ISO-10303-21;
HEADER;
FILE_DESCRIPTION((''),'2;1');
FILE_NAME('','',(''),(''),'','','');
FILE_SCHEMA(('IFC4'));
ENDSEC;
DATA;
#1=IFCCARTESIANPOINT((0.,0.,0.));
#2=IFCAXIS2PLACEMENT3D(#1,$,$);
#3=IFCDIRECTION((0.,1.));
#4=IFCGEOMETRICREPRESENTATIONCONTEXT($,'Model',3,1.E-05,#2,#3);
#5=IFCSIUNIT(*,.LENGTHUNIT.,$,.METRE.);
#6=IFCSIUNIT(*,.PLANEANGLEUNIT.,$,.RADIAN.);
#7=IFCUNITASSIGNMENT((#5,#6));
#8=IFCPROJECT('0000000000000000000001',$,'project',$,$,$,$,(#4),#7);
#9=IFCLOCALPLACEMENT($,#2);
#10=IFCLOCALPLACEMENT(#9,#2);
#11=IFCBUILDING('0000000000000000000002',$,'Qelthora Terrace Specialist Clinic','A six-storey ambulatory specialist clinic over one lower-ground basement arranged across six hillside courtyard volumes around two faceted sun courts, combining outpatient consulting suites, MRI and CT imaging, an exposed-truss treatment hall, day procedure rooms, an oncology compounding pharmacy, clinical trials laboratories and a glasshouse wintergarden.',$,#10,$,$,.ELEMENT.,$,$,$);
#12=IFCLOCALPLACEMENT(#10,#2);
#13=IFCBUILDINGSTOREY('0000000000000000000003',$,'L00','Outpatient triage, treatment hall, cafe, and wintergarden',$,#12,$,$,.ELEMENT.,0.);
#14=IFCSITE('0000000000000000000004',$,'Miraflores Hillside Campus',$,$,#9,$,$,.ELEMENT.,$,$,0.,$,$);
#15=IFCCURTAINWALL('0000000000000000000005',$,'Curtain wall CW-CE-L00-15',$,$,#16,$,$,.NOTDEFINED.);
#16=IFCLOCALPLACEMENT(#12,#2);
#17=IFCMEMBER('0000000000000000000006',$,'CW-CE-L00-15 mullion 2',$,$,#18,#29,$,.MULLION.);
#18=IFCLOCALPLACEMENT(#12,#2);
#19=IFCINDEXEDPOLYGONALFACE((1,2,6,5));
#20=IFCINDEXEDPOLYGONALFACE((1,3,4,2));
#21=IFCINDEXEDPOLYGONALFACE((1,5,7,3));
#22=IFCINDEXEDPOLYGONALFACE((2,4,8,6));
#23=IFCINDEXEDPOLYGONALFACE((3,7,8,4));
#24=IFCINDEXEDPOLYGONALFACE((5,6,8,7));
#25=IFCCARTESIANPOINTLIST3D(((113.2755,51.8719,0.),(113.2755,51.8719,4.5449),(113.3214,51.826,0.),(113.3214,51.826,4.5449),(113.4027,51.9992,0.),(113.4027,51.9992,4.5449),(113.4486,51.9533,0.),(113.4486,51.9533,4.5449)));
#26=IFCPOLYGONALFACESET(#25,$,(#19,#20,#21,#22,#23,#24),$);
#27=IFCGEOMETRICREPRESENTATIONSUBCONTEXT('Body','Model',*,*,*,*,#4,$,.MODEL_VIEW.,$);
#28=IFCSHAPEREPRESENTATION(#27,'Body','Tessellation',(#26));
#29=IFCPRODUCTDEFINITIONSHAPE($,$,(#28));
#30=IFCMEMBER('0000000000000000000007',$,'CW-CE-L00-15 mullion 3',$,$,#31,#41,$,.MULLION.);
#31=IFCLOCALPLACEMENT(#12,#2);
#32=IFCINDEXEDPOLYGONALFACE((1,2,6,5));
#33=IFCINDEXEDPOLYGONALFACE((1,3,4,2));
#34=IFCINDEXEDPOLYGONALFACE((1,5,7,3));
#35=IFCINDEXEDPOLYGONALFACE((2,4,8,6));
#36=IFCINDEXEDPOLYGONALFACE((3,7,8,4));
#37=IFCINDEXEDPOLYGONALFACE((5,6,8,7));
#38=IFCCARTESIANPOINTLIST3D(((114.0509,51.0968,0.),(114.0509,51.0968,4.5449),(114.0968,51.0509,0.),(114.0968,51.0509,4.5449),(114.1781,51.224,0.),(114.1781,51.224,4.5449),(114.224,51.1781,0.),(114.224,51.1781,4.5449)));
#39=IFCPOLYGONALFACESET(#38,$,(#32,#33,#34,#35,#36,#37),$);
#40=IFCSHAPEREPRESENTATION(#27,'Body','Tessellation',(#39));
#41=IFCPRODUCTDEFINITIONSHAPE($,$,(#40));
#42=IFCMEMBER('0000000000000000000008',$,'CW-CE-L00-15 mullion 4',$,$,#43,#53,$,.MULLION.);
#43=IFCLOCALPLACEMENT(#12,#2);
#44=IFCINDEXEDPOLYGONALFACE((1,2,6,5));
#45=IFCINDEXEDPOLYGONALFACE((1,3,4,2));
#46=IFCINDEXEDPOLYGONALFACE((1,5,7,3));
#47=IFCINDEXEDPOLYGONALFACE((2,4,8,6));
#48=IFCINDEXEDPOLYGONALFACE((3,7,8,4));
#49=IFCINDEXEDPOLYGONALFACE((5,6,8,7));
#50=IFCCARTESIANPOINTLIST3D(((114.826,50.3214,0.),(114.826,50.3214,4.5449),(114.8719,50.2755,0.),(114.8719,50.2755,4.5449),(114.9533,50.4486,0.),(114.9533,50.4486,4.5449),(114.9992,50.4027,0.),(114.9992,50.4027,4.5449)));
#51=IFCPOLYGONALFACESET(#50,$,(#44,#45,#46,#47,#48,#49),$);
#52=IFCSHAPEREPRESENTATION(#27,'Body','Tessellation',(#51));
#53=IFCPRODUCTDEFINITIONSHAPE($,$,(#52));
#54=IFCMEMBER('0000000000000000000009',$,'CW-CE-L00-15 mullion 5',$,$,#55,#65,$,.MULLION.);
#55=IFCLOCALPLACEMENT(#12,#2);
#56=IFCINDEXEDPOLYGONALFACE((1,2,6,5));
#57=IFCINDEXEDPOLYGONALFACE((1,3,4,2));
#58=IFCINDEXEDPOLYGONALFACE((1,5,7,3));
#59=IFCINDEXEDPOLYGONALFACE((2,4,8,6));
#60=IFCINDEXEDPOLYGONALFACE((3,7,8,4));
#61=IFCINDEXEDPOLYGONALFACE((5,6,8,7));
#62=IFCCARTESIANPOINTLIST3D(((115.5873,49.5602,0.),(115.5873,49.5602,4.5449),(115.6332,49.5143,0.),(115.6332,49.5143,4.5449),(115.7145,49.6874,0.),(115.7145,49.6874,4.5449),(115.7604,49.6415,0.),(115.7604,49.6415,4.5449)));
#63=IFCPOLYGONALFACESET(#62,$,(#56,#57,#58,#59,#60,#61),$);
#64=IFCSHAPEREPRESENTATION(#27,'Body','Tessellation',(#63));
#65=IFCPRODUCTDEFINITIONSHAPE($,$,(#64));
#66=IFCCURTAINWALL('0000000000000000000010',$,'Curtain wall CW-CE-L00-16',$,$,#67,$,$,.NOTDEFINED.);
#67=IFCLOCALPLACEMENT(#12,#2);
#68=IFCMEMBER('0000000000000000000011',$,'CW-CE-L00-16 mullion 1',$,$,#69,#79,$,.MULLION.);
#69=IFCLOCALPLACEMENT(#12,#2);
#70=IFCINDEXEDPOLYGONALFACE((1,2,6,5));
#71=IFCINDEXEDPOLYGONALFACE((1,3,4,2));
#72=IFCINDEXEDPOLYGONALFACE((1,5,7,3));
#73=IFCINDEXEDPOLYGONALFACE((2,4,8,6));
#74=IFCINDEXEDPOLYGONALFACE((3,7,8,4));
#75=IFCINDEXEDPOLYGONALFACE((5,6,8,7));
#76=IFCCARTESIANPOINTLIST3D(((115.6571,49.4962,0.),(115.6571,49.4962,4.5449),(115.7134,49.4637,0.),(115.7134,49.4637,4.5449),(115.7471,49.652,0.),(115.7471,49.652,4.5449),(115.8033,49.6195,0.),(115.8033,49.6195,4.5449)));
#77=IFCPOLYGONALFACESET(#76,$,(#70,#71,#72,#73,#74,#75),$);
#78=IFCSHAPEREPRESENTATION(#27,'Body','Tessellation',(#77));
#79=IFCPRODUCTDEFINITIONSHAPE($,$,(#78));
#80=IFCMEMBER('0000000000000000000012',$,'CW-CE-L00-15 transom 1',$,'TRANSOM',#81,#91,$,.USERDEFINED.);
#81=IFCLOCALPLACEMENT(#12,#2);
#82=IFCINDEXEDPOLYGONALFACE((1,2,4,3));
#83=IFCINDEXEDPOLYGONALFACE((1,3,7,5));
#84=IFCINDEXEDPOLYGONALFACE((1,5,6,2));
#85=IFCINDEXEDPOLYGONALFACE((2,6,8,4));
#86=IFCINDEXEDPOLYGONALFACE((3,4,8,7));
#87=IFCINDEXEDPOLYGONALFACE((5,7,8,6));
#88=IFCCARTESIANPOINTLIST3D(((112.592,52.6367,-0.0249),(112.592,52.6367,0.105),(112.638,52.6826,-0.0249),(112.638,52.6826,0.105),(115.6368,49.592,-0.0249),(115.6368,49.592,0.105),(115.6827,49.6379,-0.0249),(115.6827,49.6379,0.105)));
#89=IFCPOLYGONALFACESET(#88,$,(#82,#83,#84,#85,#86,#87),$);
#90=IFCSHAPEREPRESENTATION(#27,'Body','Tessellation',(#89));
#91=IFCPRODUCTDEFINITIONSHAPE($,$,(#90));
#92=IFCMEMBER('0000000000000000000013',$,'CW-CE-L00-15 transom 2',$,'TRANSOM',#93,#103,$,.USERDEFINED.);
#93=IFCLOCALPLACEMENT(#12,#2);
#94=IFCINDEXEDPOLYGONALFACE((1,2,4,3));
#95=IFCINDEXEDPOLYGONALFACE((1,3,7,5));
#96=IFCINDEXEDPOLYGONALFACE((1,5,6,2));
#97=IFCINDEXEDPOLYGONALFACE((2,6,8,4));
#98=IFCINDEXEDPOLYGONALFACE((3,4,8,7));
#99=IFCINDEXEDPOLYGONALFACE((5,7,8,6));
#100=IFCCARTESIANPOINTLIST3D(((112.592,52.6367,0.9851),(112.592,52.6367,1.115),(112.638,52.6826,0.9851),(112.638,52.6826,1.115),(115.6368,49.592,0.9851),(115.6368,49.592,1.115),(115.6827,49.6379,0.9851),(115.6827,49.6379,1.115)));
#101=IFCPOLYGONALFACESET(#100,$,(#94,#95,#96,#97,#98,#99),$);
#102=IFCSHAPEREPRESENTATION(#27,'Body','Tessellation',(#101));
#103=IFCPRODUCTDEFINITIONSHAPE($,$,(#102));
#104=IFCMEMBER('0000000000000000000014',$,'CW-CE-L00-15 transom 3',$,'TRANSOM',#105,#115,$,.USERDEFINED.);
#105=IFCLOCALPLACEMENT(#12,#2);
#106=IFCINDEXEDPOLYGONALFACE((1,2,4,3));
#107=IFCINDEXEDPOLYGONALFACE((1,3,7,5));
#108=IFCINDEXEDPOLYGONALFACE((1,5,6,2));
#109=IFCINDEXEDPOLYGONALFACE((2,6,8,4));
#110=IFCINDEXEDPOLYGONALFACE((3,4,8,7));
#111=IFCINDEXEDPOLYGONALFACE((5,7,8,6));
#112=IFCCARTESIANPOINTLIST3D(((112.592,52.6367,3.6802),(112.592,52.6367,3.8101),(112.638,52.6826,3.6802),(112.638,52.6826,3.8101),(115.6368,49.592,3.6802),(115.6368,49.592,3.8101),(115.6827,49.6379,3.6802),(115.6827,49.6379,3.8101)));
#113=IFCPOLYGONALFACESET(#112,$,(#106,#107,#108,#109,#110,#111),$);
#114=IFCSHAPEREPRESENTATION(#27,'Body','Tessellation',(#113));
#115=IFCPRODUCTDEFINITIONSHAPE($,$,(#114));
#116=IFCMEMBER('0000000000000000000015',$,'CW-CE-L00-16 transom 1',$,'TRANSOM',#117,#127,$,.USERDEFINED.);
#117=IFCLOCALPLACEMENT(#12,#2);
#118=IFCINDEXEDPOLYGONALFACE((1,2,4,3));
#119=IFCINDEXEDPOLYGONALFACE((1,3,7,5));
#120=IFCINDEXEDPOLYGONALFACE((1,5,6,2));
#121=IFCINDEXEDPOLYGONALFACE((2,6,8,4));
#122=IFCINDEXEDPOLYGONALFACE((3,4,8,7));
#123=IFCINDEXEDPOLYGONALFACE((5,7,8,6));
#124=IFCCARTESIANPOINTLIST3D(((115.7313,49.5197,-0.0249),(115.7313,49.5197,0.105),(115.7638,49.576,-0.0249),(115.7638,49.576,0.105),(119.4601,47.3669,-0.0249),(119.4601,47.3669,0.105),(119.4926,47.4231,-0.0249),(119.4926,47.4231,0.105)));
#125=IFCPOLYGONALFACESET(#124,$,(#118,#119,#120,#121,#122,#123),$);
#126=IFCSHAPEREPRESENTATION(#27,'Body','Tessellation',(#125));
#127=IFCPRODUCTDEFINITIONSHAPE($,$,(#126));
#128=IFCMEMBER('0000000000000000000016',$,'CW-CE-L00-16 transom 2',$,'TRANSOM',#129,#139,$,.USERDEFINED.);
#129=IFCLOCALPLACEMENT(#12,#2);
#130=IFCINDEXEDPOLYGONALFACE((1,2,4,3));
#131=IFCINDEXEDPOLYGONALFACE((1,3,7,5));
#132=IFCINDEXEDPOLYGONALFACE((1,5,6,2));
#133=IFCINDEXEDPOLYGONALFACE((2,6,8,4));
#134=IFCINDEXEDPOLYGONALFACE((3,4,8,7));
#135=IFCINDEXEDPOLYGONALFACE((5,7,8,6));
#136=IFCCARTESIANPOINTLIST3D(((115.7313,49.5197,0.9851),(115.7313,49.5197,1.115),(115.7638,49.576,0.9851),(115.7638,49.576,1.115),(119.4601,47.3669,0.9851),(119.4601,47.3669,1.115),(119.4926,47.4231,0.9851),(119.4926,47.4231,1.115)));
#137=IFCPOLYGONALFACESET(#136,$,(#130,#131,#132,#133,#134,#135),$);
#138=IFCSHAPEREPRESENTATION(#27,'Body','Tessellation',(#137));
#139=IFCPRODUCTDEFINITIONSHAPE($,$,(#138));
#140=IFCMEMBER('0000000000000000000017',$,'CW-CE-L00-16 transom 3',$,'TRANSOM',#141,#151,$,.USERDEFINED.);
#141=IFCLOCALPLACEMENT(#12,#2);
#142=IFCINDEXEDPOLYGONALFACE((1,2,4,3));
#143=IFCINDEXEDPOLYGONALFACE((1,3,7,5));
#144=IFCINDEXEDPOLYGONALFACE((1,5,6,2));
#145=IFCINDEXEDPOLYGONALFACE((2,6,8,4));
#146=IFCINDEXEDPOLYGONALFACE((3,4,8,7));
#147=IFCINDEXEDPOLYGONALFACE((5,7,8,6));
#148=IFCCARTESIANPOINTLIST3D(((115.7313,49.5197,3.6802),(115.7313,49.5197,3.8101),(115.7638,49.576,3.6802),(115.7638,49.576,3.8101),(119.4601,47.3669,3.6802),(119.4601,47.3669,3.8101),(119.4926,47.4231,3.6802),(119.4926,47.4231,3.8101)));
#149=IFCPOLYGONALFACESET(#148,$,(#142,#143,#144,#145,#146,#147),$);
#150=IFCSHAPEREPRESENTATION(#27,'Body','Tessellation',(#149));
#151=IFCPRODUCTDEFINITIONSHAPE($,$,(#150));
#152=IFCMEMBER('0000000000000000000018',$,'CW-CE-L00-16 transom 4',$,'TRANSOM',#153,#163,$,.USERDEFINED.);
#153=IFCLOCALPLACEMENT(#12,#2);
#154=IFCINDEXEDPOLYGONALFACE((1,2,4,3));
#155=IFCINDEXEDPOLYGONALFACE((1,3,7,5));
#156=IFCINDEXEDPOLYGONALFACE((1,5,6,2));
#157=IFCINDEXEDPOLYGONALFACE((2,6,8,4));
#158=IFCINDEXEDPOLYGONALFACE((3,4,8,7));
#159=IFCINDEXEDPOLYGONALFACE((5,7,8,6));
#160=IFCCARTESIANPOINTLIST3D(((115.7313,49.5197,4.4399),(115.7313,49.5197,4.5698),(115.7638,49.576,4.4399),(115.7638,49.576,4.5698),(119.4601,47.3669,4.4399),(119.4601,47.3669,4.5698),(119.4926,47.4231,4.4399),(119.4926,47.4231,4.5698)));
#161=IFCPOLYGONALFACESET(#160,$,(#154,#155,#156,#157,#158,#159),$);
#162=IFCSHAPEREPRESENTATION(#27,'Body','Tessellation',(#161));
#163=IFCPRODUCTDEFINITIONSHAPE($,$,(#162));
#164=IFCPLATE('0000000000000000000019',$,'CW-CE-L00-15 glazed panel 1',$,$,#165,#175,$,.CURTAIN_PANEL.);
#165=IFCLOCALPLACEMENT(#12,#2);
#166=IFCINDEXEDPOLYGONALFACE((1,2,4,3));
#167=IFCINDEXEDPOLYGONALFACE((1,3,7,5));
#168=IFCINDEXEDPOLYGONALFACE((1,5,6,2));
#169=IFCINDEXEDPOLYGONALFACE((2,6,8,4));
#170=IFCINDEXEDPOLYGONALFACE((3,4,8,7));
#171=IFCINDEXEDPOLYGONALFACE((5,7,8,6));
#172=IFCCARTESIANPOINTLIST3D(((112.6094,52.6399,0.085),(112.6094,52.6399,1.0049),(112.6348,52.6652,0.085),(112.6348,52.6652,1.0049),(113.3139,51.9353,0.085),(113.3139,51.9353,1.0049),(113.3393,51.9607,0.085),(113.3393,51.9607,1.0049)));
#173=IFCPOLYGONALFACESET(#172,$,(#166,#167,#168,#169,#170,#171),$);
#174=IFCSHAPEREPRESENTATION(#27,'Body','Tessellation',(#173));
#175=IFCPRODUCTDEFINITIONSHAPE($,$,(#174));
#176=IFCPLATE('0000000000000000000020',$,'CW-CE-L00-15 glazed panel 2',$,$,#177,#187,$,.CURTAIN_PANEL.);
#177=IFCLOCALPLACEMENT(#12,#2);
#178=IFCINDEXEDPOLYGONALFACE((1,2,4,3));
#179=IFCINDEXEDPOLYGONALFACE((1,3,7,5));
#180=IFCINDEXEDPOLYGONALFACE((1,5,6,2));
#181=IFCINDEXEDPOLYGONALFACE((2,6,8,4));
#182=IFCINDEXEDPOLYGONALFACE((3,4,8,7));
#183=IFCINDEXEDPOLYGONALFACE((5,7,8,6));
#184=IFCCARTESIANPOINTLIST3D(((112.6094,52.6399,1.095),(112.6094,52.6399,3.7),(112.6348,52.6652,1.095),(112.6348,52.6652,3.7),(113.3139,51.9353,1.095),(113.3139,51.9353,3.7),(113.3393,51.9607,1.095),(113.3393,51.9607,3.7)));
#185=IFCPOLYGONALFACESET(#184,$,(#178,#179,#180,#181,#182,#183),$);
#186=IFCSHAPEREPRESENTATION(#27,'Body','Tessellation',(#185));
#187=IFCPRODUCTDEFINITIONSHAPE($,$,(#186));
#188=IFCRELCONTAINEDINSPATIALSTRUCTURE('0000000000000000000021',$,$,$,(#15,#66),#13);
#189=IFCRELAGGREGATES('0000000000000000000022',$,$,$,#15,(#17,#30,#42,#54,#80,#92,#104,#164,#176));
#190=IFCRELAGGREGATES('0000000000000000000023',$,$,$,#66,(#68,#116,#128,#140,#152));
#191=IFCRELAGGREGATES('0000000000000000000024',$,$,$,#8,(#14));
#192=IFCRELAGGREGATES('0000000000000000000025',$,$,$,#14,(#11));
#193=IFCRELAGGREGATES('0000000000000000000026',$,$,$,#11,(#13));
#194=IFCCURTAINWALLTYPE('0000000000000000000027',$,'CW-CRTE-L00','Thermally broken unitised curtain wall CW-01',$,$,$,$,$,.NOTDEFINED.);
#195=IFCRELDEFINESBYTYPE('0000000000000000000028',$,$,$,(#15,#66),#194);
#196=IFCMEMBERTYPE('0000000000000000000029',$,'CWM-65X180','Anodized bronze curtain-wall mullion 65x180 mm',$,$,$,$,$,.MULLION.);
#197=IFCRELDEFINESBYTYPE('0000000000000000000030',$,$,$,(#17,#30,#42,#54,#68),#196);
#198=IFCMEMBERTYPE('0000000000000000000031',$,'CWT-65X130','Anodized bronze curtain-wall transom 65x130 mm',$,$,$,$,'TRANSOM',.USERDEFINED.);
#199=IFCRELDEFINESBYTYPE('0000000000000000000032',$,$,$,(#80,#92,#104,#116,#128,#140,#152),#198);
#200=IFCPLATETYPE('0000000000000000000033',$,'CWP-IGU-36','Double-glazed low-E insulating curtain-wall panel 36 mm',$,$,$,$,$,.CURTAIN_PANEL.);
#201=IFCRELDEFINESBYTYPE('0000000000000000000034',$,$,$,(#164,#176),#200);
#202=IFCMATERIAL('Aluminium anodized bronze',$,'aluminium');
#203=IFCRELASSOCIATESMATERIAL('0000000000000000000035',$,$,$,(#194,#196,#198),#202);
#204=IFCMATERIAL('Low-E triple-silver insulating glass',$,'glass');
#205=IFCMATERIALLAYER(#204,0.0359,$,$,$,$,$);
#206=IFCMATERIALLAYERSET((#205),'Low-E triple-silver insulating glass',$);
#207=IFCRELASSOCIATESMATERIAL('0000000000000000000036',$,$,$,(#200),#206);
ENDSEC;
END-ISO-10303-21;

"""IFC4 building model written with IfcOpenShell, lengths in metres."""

from ifc_helpers import new_model, si_unit, direction, frame, origin, origin_2d, place, context, subcontext, project, spatial, rectangle, extrude, material, layer, layer_set, material_profile, profile_set, type_object, element, aggregate, save


model = new_model("IFC4")

# Units and contexts
model_context = context("Model", 3, precision=1e-05, world=origin(), true_north=direction((0.0, 1.0)))
body_context = subcontext(model_context, "Body", "Model", "MODEL_VIEW")
ifc_project = project(units=[si_unit("LENGTHUNIT", "METRE"), si_unit("PLANEANGLEUNIT", "RADIAN")], contexts=[model_context])

# Site, building, storey
site_placement = place(None, origin())
site = spatial("IfcSite", under=ifc_project, at=site_placement, Name="Miraflores Hillside Campus", CompositionType="ELEMENT", RefElevation=0.0)
building_placement = place(site_placement, origin())
building = spatial("IfcBuilding", under=site, at=building_placement, Name="Qelthora Terrace Specialist Clinic", Description="A six-storey ambulatory specialist clinic over one lower-ground basement arranged across six hillside courtyard volumes around two faceted sun courts, combining outpatient consulting suites, MRI and CT imaging, an exposed-truss treatment hall, day procedure rooms, an oncology compounding pharmacy, clinical trials laboratories and a glasshouse wintergarden.", CompositionType="ELEMENT")
storey_placement = place(building_placement, origin())
storey = spatial("IfcBuildingStorey", under=building, at=storey_placement, Name="L00", Description="Outpatient triage, treatment hall, cafe, and wintergarden", CompositionType="ELEMENT", Elevation=0.0)

# Curtain wall, members
ifc_material_1 = material(Name="Aluminium anodized bronze", Category="aluminium")
curtain_wall_type = type_object("IfcCurtainWallType", Name="CW-CRTE-L00", Description="Thermally broken unitised curtain wall CW-01", PredefinedType="NOTDEFINED", material=ifc_material_1)
curtain_wall_1_placement = place(storey_placement, origin())
curtain_wall_1 = element("IfcCurtainWall", 1, at=curtain_wall_1_placement, inside=storey, type_object=curtain_wall_type, Name="Curtain wall CW-CE-L00-15", PredefinedType="NOTDEFINED")
ifc_material_profile_1 = material_profile(ifc_material_1, rectangle(XDim=0.0649, YDim=0.1799, at=origin_2d()), Name="CWM65X180")
ifc_profile_set_1 = profile_set([ifc_material_profile_1], Name="Aluminium anodized bronze")
member_type_1 = type_object("IfcMemberType", Name="CWM-65X180", Description="Anodized bronze curtain-wall mullion 65x180 mm", PredefinedType="MULLION", material=ifc_profile_set_1)
member_1_placement = place(storey_placement, frame((113.3621, 51.9126, 0.0), z_axis=(0.0, 0.0, 1.0), x_axis=(0.707107, -0.707107, 0.0)))
member_1 = element("IfcMember", 2, at=member_1_placement, type_object=member_type_1, Name="CW-CE-L00-15 mullion 2", PredefinedType="MULLION", context=body_context, shape_type="SweptSolid", body=[
    extrude(rectangle(XDim=0.0649, YDim=0.1799, at=origin_2d()), origin(), (0.0, 0.0, 1.0), 4.5449),
])
member_2_placement = place(storey_placement, frame((114.1375, 51.1375, 0.0), z_axis=(0.0, 0.0, 1.0), x_axis=(0.707107, -0.707107, 0.0)))
member_2 = element("IfcMember", 3, at=member_2_placement, type_object=member_type_1, Name="CW-CE-L00-15 mullion 3", PredefinedType="MULLION", context=body_context, shape_type="SweptSolid", body=[
    extrude(rectangle(XDim=0.0649, YDim=0.1799, at=origin_2d()), origin(), (0.0, 0.0, 1.0), 4.5449),
])
member_3_placement = place(storey_placement, frame((114.9126, 50.3621, 0.0), z_axis=(0.0, 0.0, 1.0), x_axis=(0.707107, -0.707107, 0.0)))
member_3 = element("IfcMember", 4, at=member_3_placement, type_object=member_type_1, Name="CW-CE-L00-15 mullion 4", PredefinedType="MULLION", context=body_context, shape_type="SweptSolid", body=[
    extrude(rectangle(XDim=0.0649, YDim=0.1799, at=origin_2d()), origin(), (0.0, 0.0, 1.0), 4.5449),
])
member_4_placement = place(storey_placement, frame((115.6738, 49.6008, 0.0), z_axis=(0.0, 0.0, 1.0), x_axis=(0.707107, -0.707107, 0.0)))
member_4 = element("IfcMember", 5, at=member_4_placement, type_object=member_type_1, Name="CW-CE-L00-15 mullion 5", PredefinedType="MULLION", context=body_context, shape_type="SweptSolid", body=[
    extrude(rectangle(XDim=0.0649, YDim=0.1799, at=origin_2d()), origin(), (0.0, 0.0, 1.0), 4.5449),
])

# Curtain wall, member
curtain_wall_2_placement = place(storey_placement, origin())
curtain_wall_2 = element("IfcCurtainWall", 6, at=curtain_wall_2_placement, inside=storey, type_object=curtain_wall_type, Name="Curtain wall CW-CE-L00-16", PredefinedType="NOTDEFINED")
member_5_placement = place(storey_placement, frame((115.7302, 49.5579, 0.0), z_axis=(0.0, 0.0, 1.0), x_axis=(0.866025, -0.5, 0.0)))
member_5 = element("IfcMember", 7, at=member_5_placement, type_object=member_type_1, Name="CW-CE-L00-16 mullion 1", PredefinedType="MULLION", context=body_context, shape_type="SweptSolid", body=[
    extrude(rectangle(XDim=0.0649, YDim=0.1799, at=origin_2d()), origin(), (0.0, 0.0, 1.0), 4.5449),
])

# Members
ifc_material_profile_2 = material_profile(ifc_material_1, rectangle(XDim=0.0649, YDim=0.1299, at=origin_2d()), Name="CWT65X130")
ifc_profile_set_2 = profile_set([ifc_material_profile_2], Name="Aluminium anodized bronze")
member_type_2 = type_object("IfcMemberType", Name="CWT-65X130", Description="Anodized bronze curtain-wall transom 65x130 mm", ElementType="TRANSOM", PredefinedType="USERDEFINED", material=ifc_profile_set_2)
member_6_placement = place(storey_placement, frame((112.615, 52.6597, 0.04), z_axis=(0.707107, -0.707107, 0.0), x_axis=(0.707107, 0.707107, 0.0)))
member_6 = element("IfcMember", 8, at=member_6_placement, type_object=member_type_2, Name="CW-CE-L00-15 transom 1", ObjectType="TRANSOM", PredefinedType="USERDEFINED", context=body_context, shape_type="SweptSolid", body=[
    extrude(rectangle(XDim=0.0649, YDim=0.1299, at=origin_2d()), origin(), (0.0, 0.0, 1.0), 4.3059),
])
member_7_placement = place(storey_placement, frame((112.615, 52.6597, 1.05), z_axis=(0.707107, -0.707107, 0.0), x_axis=(0.707107, 0.707107, 0.0)))
member_7 = element("IfcMember", 9, at=member_7_placement, type_object=member_type_2, Name="CW-CE-L00-15 transom 2", ObjectType="TRANSOM", PredefinedType="USERDEFINED", context=body_context, shape_type="SweptSolid", body=[
    extrude(rectangle(XDim=0.0649, YDim=0.1299, at=origin_2d()), origin(), (0.0, 0.0, 1.0), 4.3059),
])
member_8_placement = place(storey_placement, frame((112.615, 52.6597, 3.7451), z_axis=(0.707107, -0.707107, 0.0), x_axis=(0.707107, 0.707107, 0.0)))
member_8 = element("IfcMember", 10, at=member_8_placement, type_object=member_type_2, Name="CW-CE-L00-15 transom 3", ObjectType="TRANSOM", PredefinedType="USERDEFINED", context=body_context, shape_type="SweptSolid", body=[
    extrude(rectangle(XDim=0.0649, YDim=0.1299, at=origin_2d()), origin(), (0.0, 0.0, 1.0), 4.3059),
])
member_9_placement = place(storey_placement, frame((115.7476, 49.5479, 0.04), z_axis=(0.866022, -0.500006, 0.0), x_axis=(0.500006, 0.866022, 0.0)))
member_9 = element("IfcMember", 11, at=member_9_placement, type_object=member_type_2, Name="CW-CE-L00-16 transom 1", ObjectType="TRANSOM", PredefinedType="USERDEFINED", context=body_context, shape_type="SweptSolid", body=[
    extrude(rectangle(XDim=0.0649, YDim=0.1299, at=origin_2d()), origin(), (0.0, 0.0, 1.0), 4.3057),
])
member_10_placement = place(storey_placement, frame((115.7476, 49.5479, 1.05), z_axis=(0.866022, -0.500006, 0.0), x_axis=(0.500006, 0.866022, 0.0)))
member_10 = element("IfcMember", 12, at=member_10_placement, type_object=member_type_2, Name="CW-CE-L00-16 transom 2", ObjectType="TRANSOM", PredefinedType="USERDEFINED", context=body_context, shape_type="SweptSolid", body=[
    extrude(rectangle(XDim=0.0649, YDim=0.1299, at=origin_2d()), origin(), (0.0, 0.0, 1.0), 4.3057),
])
member_11_placement = place(storey_placement, frame((115.7476, 49.5479, 3.7451), z_axis=(0.866022, -0.500006, 0.0), x_axis=(0.500006, 0.866022, 0.0)))
member_11 = element("IfcMember", 13, at=member_11_placement, type_object=member_type_2, Name="CW-CE-L00-16 transom 3", ObjectType="TRANSOM", PredefinedType="USERDEFINED", context=body_context, shape_type="SweptSolid", body=[
    extrude(rectangle(XDim=0.0649, YDim=0.1299, at=origin_2d()), origin(), (0.0, 0.0, 1.0), 4.3057),
])
member_12_placement = place(storey_placement, frame((115.7476, 49.5479, 4.5049), z_axis=(0.866022, -0.500006, 0.0), x_axis=(0.500006, 0.866022, 0.0)))
member_12 = element("IfcMember", 14, at=member_12_placement, type_object=member_type_2, Name="CW-CE-L00-16 transom 4", ObjectType="TRANSOM", PredefinedType="USERDEFINED", context=body_context, shape_type="SweptSolid", body=[
    extrude(rectangle(XDim=0.0649, YDim=0.1299, at=origin_2d()), origin(), (0.0, 0.0, 1.0), 4.3057),
])

# Plates
ifc_material_2 = material(Name="Low-E triple-silver insulating glass", Category="glass")
ifc_layer = layer(ifc_material_2, 0.0359)
ifc_layer_set = layer_set([ifc_layer], Name="Low-E triple-silver insulating glass")
plate_type = type_object("IfcPlateType", Name="CWP-IGU-36", Description="Double-glazed low-E insulating curtain-wall panel 36 mm", PredefinedType="CURTAIN_PANEL", material=ifc_layer_set)
plate_1_placement = place(storey_placement, frame((112.9744, 52.3003, 0.085), z_axis=(0.0, 0.0, 1.0), x_axis=(0.707107, -0.707107, 0.0)))
plate_1 = element("IfcPlate", 15, at=plate_1_placement, type_object=plate_type, Name="CW-CE-L00-15 glazed panel 1", PredefinedType="CURTAIN_PANEL", context=body_context, shape_type="SweptSolid", body=[
    extrude(rectangle(XDim=0.9963, YDim=0.0359, at=origin_2d()), origin(), (0.0, 0.0, 1.0), 0.9199),
])
plate_2_placement = place(storey_placement, frame((112.9744, 52.3003, 1.095), z_axis=(0.0, 0.0, 1.0), x_axis=(0.707107, -0.707107, 0.0)))
plate_2 = element("IfcPlate", 16, at=plate_2_placement, type_object=plate_type, Name="CW-CE-L00-15 glazed panel 2", PredefinedType="CURTAIN_PANEL", context=body_context, shape_type="SweptSolid", body=[
    extrude(rectangle(XDim=0.9963, YDim=0.0359, at=origin_2d()), origin(), (0.0, 0.0, 1.0), 2.605),
])
aggregate(curtain_wall_1, [member_1, member_2, member_3, member_4, member_6, member_7, member_8, plate_1, plate_2])
aggregate(curtain_wall_2, [member_5, member_9, member_10, member_11, member_12])

save(model, "model.ifc")
